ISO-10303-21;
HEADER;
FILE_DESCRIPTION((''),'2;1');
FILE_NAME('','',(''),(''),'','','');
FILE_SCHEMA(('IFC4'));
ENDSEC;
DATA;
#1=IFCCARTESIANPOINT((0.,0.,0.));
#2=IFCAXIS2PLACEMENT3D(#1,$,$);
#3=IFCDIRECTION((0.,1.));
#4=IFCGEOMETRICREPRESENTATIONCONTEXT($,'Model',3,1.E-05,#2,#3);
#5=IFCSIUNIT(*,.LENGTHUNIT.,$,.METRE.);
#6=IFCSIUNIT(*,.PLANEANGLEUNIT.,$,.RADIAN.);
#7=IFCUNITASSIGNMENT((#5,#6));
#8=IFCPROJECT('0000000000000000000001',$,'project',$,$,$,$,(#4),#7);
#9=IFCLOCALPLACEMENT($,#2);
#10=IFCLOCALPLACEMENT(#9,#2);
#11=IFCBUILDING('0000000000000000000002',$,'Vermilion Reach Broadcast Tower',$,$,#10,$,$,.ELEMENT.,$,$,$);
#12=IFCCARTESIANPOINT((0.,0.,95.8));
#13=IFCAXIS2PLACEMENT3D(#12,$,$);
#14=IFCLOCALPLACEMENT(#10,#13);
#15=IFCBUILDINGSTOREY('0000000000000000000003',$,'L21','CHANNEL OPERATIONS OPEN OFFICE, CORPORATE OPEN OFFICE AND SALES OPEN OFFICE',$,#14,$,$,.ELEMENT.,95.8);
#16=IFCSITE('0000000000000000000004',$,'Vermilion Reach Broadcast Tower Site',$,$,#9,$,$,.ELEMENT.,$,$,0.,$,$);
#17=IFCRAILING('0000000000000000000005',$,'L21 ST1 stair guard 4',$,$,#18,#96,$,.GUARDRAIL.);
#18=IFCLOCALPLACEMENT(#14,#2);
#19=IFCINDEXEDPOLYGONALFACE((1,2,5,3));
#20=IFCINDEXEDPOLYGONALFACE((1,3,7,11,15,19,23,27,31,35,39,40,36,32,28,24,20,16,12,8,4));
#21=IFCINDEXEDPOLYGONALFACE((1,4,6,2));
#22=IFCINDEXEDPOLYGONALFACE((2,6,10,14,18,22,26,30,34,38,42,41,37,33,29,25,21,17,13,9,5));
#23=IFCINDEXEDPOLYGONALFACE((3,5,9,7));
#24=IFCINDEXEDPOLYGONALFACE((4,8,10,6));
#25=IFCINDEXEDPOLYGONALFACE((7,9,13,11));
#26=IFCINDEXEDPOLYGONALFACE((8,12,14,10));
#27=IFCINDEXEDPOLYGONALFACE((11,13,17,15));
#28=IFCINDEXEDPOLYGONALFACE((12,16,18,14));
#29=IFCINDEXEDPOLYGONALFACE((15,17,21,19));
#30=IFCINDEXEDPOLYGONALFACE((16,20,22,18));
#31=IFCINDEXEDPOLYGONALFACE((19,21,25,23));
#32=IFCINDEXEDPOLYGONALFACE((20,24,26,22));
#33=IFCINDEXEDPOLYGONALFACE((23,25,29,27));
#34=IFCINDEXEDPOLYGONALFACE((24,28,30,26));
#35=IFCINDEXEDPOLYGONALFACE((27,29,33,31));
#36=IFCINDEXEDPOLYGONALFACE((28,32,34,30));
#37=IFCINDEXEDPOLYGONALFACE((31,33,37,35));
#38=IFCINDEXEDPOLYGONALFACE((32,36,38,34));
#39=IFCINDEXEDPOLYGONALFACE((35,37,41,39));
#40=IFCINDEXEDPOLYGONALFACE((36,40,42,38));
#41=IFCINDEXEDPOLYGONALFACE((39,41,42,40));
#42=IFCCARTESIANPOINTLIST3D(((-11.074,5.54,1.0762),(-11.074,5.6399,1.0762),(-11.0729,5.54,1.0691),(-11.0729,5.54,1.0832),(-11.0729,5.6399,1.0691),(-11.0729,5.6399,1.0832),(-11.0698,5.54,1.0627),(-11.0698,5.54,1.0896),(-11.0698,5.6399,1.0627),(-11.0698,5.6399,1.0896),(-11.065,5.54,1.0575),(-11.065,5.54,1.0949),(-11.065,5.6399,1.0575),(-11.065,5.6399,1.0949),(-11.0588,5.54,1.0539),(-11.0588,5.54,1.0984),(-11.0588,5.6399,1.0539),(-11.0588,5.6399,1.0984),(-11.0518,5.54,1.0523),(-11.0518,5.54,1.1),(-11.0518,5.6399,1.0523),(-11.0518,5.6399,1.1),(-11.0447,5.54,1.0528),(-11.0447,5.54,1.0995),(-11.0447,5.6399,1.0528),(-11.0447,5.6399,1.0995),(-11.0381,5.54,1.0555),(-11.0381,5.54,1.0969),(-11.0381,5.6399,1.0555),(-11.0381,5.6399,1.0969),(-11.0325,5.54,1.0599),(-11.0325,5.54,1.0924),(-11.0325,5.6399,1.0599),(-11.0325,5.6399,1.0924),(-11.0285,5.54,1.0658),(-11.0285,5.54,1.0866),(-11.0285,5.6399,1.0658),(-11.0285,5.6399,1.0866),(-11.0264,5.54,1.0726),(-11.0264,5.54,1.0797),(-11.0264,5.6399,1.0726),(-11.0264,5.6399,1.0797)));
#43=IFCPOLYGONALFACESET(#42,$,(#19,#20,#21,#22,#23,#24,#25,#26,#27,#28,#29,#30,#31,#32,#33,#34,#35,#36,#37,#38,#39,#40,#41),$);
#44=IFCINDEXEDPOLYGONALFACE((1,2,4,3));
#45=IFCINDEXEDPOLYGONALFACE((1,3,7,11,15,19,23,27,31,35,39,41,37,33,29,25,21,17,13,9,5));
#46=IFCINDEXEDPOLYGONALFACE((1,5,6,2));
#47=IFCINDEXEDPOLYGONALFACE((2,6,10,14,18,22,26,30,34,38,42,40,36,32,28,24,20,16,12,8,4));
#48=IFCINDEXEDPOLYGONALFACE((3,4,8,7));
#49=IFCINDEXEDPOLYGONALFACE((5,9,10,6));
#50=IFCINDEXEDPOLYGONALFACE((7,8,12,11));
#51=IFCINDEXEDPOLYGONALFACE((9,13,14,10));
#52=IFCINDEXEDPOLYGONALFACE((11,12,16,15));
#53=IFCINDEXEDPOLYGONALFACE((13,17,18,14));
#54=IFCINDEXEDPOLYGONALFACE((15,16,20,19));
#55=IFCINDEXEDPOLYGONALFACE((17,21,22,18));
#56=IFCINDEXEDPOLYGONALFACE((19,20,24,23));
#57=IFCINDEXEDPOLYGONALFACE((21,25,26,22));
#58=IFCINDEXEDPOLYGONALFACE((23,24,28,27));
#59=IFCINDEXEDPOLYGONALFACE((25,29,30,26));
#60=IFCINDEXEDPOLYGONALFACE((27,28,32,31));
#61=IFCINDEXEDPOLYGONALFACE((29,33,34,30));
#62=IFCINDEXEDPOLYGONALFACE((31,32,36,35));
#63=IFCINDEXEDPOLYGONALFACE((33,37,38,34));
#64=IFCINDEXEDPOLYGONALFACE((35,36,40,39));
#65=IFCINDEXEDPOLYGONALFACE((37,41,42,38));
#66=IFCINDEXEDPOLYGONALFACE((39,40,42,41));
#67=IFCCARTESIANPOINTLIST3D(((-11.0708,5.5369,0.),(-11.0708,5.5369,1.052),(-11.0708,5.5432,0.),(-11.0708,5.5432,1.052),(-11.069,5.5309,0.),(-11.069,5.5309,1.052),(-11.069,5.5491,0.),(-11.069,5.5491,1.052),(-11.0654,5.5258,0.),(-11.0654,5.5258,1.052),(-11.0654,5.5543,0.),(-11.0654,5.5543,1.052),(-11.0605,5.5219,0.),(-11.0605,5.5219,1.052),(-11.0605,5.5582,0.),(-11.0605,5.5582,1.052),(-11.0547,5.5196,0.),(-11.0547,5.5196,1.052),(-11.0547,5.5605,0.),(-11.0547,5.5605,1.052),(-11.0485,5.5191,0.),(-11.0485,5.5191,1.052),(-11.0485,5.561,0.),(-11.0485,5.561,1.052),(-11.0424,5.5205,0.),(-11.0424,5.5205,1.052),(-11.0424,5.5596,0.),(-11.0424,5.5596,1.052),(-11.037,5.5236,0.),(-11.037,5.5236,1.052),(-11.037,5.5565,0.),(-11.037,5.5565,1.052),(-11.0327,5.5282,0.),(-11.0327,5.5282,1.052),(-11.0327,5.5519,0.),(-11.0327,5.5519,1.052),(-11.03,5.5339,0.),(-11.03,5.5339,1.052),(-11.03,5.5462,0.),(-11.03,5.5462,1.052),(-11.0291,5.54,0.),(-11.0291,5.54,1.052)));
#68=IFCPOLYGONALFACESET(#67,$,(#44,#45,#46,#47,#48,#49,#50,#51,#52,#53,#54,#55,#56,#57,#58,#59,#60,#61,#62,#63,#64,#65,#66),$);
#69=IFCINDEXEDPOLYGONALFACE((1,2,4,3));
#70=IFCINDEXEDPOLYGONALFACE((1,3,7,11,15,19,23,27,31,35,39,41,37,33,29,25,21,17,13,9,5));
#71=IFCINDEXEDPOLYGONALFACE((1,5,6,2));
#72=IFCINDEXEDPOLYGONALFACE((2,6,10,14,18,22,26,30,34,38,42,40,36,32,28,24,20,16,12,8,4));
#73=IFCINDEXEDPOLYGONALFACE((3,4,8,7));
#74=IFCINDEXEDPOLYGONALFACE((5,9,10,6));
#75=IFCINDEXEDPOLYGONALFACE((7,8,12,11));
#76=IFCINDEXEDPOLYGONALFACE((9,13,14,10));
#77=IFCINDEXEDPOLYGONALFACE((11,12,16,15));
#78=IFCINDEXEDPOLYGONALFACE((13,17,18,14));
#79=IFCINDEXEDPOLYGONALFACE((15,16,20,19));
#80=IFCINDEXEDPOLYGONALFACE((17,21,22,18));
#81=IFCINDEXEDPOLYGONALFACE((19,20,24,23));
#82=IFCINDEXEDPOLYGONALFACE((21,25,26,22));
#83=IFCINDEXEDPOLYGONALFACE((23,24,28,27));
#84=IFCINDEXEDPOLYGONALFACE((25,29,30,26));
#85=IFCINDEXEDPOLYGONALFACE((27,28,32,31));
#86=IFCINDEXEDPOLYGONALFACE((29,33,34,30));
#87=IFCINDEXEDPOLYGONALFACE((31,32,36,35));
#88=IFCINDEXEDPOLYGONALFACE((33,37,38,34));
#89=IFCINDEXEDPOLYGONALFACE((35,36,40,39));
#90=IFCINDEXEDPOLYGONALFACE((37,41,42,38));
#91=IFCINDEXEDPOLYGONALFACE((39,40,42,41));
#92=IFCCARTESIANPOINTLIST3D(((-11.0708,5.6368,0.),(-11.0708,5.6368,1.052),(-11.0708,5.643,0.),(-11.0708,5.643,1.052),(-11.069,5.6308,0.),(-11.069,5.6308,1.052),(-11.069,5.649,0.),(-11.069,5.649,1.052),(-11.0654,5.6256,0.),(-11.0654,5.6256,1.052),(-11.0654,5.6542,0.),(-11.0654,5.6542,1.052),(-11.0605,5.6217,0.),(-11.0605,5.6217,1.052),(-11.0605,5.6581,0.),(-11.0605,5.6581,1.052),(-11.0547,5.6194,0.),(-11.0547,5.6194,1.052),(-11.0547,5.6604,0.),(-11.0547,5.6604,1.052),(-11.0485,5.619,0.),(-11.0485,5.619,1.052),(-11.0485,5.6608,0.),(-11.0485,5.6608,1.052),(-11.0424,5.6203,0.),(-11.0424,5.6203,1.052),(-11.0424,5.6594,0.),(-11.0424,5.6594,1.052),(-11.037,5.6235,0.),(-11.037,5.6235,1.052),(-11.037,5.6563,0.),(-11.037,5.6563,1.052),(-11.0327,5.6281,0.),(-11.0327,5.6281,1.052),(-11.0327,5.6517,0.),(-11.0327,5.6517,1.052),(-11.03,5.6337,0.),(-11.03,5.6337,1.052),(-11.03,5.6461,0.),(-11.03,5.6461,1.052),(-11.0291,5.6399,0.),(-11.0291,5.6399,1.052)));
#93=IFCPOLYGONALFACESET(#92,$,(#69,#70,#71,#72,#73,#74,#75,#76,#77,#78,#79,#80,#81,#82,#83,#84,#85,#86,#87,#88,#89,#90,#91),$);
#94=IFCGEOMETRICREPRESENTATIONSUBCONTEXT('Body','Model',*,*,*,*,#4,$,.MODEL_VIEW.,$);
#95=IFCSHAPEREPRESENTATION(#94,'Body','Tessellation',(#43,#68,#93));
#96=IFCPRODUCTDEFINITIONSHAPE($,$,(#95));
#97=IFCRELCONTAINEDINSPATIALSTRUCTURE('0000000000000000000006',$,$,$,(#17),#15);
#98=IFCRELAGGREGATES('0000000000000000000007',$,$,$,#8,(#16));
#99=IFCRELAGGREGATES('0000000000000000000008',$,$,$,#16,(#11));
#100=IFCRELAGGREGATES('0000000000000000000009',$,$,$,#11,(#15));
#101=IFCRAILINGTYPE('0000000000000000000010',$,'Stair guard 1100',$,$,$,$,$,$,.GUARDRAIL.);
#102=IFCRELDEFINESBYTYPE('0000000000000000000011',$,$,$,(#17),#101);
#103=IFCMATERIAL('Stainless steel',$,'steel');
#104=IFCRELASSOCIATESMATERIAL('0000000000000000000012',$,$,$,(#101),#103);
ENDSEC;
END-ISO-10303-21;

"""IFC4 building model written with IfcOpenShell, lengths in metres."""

from ifc_helpers import new_model, si_unit, direction, frame, origin, origin_2d, place, context, subcontext, project, spatial, circle, extrude, material, type_object, element, save


model = new_model("IFC4")

# Units and contexts
model_context = context("Model", 3, precision=1e-05, world=origin(), true_north=direction((0.0, 1.0)))
body_context = subcontext(model_context, "Body", "Model", "MODEL_VIEW")
ifc_project = project(units=[si_unit("LENGTHUNIT", "METRE"), si_unit("PLANEANGLEUNIT", "RADIAN")], contexts=[model_context])

# Site, building, storey
site_placement = place(None, origin())
site = spatial("IfcSite", under=ifc_project, at=site_placement, Name="Vermilion Reach Broadcast Tower Site", CompositionType="ELEMENT", RefElevation=0.0)
building_placement = place(site_placement, origin())
building = spatial("IfcBuilding", under=site, at=building_placement, Name="Vermilion Reach Broadcast Tower", CompositionType="ELEMENT")
storey_placement = place(building_placement, frame((0.0, 0.0, 95.8)))
storey = spatial("IfcBuildingStorey", under=building, at=storey_placement, Name="L21", Description="CHANNEL OPERATIONS OPEN OFFICE, CORPORATE OPEN OFFICE AND SALES OPEN OFFICE", CompositionType="ELEMENT", Elevation=95.8)

# Railing
ifc_material_1 = material(Name="Stainless steel", Category="steel")
railing_type_1 = type_object("IfcRailingType", Name="Stair guard 1100", PredefinedType="GUARDRAIL", material=ifc_material_1)
railing_1_placement = place(storey_placement, frame((-11.05, 5.54, 0.0)))
element("IfcRailing", 1, at=railing_1_placement, inside=storey, type_object=railing_type_1, Name="L21 ST1 stair guard 4", PredefinedType="GUARDRAIL", context=body_context, shape_type="SweptSolid", body=[
    extrude(circle(Radius=0.0239, at=origin_2d()), frame((0.0, 0.0, 1.0762), z_axis=(0.0, 1.0, 0.0), x_axis=(-1.0, 0.0, 0.0)), (0.0, 0.0, 1.0), 0.0999),
    extrude(circle(Radius=0.021, at=origin_2d()), origin(), (0.0, 0.0, 1.0), 1.052),
    extrude(circle(Radius=0.021, at=origin_2d()), frame((0.0, 0.0999, 0.0)), (0.0, 0.0, 1.0), 1.052),
])

save(model, "model.ifc")
